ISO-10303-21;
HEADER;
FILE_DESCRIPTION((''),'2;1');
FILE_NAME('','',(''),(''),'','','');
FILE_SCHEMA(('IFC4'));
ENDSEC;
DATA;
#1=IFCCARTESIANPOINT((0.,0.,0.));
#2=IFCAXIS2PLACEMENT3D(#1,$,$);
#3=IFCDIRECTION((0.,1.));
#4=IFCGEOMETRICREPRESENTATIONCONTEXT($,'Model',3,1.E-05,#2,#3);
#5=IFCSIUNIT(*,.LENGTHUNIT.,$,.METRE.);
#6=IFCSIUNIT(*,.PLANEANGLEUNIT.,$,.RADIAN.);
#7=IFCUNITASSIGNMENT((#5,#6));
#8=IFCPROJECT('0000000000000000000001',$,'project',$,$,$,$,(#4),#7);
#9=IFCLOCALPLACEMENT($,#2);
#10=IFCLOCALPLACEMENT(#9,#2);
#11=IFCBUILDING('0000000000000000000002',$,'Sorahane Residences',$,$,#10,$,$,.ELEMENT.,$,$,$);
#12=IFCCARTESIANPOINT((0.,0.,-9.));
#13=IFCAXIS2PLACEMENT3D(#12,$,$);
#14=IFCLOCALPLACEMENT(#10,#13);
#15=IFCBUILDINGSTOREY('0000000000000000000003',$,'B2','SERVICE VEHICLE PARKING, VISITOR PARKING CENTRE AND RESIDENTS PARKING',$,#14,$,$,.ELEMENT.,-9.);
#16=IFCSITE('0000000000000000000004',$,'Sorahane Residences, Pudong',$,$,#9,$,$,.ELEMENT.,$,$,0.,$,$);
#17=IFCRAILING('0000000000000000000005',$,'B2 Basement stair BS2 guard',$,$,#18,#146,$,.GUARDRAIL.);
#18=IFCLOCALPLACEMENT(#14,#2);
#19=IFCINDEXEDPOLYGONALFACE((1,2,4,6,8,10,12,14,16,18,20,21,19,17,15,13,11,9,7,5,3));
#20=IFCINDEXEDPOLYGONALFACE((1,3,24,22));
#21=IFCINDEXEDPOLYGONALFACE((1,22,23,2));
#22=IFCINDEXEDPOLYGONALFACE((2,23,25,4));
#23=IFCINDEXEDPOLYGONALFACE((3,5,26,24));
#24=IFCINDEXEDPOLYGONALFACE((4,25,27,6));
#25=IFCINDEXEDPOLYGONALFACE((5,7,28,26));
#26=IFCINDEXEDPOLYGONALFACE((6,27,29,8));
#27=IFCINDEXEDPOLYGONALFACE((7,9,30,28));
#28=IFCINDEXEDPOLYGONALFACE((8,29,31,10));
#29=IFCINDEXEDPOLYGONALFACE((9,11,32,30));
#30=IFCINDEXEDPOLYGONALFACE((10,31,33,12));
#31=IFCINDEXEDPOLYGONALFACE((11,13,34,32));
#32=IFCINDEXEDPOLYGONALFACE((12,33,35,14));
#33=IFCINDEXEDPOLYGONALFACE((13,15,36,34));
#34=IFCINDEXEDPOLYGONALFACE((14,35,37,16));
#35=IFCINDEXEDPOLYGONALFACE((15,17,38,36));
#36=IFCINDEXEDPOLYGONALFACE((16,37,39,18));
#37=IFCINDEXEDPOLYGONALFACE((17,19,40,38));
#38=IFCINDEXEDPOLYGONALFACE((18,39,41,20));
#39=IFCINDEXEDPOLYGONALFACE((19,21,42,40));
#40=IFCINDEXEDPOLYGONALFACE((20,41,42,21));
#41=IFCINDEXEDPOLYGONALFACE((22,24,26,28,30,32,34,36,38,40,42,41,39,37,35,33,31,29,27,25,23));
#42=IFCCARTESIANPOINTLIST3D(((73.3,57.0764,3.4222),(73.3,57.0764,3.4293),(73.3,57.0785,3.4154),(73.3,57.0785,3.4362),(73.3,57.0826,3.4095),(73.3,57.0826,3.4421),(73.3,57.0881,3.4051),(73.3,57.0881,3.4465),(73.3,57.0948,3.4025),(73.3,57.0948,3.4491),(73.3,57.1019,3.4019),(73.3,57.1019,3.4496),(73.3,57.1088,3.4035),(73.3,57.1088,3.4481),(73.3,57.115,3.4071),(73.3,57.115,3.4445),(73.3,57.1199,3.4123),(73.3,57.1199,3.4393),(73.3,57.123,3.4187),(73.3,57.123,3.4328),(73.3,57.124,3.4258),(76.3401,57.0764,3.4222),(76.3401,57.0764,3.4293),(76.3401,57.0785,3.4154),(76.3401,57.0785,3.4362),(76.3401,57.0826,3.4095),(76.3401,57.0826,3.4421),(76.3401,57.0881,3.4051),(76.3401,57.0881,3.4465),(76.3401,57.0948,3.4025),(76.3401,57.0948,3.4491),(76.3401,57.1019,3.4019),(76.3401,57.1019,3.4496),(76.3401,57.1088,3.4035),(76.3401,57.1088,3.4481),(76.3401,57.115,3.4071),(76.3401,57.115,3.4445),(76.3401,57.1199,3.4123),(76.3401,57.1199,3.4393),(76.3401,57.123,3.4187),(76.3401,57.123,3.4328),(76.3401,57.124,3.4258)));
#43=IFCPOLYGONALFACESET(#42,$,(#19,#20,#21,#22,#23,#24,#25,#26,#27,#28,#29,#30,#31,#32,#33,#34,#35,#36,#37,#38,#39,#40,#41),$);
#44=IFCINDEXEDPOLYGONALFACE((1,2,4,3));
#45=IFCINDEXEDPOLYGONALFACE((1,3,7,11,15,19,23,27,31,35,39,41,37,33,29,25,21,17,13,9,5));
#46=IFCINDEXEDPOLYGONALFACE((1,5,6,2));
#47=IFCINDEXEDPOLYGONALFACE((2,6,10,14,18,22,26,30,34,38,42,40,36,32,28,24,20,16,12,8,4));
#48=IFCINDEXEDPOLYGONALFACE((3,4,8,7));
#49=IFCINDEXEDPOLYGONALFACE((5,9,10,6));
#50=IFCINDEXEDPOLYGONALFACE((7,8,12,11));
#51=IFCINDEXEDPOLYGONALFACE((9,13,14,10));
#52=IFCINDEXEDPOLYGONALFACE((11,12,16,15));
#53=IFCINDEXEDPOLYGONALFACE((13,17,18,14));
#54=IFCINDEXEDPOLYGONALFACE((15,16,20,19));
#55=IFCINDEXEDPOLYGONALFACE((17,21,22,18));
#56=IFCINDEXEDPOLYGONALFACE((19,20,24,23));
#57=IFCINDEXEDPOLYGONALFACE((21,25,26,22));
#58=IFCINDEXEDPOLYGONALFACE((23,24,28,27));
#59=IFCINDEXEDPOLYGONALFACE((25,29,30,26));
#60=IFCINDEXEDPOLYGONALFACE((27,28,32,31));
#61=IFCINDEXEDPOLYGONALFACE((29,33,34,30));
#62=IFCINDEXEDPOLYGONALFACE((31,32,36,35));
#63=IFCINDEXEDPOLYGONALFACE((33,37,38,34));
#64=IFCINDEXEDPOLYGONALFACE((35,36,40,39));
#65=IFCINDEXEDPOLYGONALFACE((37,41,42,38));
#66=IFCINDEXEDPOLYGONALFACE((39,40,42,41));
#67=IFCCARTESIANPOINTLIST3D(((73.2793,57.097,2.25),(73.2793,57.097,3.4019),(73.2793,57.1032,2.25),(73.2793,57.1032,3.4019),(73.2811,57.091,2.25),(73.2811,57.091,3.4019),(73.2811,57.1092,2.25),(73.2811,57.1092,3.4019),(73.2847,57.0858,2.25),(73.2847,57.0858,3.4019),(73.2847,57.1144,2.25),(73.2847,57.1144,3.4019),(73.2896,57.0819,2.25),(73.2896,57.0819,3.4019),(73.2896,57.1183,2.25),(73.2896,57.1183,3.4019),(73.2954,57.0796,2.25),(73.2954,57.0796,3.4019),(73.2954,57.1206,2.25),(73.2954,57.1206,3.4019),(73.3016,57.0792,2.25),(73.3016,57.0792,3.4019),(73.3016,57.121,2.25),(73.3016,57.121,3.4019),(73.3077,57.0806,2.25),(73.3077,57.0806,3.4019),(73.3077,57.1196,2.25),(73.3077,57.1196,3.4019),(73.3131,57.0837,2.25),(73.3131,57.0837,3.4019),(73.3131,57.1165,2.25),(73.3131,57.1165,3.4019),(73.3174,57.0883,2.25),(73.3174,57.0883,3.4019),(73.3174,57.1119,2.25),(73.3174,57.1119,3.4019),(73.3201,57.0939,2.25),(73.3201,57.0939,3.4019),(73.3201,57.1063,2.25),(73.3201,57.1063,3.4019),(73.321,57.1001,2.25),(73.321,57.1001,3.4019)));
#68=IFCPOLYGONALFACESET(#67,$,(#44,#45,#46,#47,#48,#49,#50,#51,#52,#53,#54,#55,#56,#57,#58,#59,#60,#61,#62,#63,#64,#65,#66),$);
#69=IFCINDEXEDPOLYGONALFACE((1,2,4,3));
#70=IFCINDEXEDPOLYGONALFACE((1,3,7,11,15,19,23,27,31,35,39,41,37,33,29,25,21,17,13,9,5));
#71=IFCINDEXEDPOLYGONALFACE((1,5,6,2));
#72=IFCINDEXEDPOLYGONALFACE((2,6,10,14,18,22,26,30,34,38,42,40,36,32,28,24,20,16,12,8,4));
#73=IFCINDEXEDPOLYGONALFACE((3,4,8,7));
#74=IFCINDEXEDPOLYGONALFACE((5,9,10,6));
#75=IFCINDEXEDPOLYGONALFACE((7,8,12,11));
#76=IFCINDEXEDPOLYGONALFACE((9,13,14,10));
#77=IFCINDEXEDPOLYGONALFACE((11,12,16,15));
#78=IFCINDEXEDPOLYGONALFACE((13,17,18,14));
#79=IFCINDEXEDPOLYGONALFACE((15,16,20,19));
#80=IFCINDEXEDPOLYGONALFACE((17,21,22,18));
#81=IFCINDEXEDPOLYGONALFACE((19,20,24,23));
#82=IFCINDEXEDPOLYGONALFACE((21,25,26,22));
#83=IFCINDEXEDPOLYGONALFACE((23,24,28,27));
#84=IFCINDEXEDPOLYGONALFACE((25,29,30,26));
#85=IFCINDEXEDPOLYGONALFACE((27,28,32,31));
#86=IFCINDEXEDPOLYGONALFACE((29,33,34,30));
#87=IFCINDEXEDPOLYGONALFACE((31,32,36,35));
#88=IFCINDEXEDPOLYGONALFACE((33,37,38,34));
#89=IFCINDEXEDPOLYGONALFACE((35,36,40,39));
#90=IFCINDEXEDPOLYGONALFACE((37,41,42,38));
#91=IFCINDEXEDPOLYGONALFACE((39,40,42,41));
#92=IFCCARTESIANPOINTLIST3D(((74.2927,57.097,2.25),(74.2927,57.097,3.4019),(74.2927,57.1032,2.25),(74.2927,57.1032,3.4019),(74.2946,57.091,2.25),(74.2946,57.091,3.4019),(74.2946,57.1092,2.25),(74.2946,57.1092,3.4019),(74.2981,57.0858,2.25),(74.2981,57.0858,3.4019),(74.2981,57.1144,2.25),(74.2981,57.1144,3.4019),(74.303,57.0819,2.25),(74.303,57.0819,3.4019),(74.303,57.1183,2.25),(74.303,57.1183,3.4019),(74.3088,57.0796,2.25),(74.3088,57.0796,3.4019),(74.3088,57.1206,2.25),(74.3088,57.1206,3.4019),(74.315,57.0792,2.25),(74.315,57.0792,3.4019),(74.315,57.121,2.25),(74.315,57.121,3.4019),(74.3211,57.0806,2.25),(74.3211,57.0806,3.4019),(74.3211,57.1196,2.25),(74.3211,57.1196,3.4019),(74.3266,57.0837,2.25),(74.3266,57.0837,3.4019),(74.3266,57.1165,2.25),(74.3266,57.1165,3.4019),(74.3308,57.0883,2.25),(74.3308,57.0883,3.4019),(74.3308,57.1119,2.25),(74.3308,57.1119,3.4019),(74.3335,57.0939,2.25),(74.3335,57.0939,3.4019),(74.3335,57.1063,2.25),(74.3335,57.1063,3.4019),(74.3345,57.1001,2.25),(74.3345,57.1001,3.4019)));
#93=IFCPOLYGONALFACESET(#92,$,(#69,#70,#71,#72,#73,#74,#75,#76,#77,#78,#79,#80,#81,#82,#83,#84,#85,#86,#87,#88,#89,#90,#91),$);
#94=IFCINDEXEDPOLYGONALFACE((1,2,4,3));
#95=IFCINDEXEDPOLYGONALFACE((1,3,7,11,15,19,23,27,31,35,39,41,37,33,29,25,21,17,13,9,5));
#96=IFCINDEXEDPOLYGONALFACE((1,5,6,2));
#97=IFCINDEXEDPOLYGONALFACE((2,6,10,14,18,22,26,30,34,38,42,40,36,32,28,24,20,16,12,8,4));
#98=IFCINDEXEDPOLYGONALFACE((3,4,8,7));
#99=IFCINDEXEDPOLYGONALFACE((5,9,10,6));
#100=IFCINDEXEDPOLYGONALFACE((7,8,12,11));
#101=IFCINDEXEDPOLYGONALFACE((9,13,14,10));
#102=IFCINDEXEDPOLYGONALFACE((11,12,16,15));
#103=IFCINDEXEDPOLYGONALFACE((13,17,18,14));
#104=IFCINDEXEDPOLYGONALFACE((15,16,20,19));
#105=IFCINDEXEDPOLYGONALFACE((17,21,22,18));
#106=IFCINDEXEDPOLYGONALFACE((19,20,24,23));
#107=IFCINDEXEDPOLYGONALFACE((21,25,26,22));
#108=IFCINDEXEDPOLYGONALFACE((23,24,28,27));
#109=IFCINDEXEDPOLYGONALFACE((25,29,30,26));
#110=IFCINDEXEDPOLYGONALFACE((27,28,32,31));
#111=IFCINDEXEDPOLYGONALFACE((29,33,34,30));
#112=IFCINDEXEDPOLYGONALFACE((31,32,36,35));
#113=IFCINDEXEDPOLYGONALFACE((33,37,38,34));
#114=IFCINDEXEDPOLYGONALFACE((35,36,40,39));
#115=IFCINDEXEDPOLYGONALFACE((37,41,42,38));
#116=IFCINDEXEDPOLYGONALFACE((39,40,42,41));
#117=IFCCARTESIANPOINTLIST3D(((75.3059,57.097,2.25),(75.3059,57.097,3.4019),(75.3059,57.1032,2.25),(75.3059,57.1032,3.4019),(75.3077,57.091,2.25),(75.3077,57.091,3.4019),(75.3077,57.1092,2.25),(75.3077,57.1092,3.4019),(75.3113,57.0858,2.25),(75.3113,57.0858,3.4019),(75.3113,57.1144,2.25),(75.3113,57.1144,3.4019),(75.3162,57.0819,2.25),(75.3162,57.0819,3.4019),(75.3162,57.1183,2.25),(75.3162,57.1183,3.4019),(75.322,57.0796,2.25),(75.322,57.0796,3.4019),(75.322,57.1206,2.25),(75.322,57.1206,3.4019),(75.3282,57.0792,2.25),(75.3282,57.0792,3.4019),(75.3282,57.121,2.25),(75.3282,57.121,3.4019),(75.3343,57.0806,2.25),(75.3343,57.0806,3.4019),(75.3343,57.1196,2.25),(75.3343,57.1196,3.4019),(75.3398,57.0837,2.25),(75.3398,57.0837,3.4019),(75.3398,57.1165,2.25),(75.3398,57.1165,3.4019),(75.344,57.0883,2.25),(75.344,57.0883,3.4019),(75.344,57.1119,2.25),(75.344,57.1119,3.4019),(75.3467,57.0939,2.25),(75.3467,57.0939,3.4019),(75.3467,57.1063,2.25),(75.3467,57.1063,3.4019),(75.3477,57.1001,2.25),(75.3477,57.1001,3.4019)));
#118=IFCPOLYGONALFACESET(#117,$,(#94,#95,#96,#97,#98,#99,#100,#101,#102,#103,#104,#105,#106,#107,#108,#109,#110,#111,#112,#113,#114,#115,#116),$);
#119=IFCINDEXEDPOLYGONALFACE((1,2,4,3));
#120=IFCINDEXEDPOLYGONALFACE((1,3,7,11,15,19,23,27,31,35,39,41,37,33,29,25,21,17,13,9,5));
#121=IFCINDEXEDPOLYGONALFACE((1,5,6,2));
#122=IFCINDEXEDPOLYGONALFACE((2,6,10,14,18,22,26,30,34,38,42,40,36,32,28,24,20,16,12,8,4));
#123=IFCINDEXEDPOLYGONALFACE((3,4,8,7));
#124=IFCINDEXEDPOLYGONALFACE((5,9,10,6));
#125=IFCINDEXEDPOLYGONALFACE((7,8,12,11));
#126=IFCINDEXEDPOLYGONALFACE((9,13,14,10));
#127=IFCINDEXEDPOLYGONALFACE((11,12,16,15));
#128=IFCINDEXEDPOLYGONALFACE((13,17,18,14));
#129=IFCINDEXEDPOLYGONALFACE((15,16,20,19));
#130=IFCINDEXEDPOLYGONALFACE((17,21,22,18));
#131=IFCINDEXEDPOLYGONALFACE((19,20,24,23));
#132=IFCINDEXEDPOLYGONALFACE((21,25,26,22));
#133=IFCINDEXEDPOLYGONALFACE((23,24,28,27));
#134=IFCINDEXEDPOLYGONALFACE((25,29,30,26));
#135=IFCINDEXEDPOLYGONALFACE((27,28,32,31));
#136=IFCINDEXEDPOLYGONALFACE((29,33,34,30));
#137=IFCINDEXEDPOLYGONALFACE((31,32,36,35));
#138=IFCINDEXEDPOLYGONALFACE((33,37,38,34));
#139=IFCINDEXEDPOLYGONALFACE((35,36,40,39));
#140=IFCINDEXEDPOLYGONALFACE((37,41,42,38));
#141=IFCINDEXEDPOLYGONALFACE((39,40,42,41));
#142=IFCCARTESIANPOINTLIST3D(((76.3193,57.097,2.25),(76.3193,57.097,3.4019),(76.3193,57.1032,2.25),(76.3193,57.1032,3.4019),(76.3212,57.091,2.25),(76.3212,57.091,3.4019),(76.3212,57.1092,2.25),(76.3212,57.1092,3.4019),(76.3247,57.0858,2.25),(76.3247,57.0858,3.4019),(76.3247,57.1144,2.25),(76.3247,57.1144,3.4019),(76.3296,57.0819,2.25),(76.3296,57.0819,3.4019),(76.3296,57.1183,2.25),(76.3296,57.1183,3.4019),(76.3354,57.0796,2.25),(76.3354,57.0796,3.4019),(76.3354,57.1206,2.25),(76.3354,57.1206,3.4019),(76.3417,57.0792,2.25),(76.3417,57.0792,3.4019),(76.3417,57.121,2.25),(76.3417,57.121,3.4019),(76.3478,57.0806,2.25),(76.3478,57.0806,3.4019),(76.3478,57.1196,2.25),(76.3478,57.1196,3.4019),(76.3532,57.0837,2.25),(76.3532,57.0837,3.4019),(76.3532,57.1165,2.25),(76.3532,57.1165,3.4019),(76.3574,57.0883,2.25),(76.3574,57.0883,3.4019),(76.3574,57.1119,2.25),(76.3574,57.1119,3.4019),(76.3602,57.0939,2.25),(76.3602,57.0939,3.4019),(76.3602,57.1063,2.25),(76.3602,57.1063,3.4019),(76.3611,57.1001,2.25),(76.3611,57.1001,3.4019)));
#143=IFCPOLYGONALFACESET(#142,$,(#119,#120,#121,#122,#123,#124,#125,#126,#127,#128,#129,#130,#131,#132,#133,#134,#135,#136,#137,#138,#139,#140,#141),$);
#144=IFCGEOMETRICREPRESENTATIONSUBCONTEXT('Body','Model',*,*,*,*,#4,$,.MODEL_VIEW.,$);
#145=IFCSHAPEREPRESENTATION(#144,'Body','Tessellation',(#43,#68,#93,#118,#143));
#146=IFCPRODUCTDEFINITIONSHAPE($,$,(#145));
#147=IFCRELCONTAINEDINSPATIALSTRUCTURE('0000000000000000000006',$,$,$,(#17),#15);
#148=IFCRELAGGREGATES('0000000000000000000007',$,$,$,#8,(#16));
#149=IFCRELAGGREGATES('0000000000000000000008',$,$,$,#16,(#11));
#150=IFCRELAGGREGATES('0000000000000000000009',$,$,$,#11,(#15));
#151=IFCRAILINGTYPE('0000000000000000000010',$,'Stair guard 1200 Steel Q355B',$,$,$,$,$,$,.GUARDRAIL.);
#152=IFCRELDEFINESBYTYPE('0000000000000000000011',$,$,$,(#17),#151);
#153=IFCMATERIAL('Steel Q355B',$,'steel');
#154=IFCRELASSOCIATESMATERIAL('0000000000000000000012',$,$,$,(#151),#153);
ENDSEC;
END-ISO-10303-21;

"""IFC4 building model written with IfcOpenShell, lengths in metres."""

from ifc_helpers import new_model, si_unit, direction, frame, origin, origin_2d, place, context, subcontext, project, spatial, circle, extrude, material, type_object, element, save


model = new_model("IFC4")

# Units and contexts
model_context = context("Model", 3, precision=1e-05, world=origin(), true_north=direction((0.0, 1.0)))
body_context = subcontext(model_context, "Body", "Model", "MODEL_VIEW")
ifc_project = project(units=[si_unit("LENGTHUNIT", "METRE"), si_unit("PLANEANGLEUNIT", "RADIAN")], contexts=[model_context])

# Site, building, storey
site_placement = place(None, origin())
site = spatial("IfcSite", under=ifc_project, at=site_placement, Name="Sorahane Residences, Pudong", CompositionType="ELEMENT", RefElevation=0.0)
building_placement = place(site_placement, origin())
building = spatial("IfcBuilding", under=site, at=building_placement, Name="Sorahane Residences", CompositionType="ELEMENT")
storey_placement = place(building_placement, frame((0.0, 0.0, -9.0)))
storey = spatial("IfcBuildingStorey", under=building, at=storey_placement, Name="B2", Description="SERVICE VEHICLE PARKING, VISITOR PARKING CENTRE AND RESIDENTS PARKING", CompositionType="ELEMENT", Elevation=-9.0)

# Railing
ifc_material_1 = material(Name="Steel Q355B", Category="steel")
railing_type_1 = type_object("IfcRailingType", Name="Stair guard 1200 Steel Q355B", PredefinedType="GUARDRAIL", material=ifc_material_1)
railing_1_placement = place(storey_placement, frame((73.3, 57.1001, 2.25)))
element("IfcRailing", 1, at=railing_1_placement, inside=storey, type_object=railing_type_1, Name="B2 Basement stair BS2 guard", PredefinedType="GUARDRAIL", context=body_context, shape_type="SweptSolid", body=[
    extrude(circle(Radius=0.0239, at=origin_2d()), frame((0.0, 0.0, 1.1758), z_axis=(1.0, 0.0, 0.0), x_axis=(0.0, 1.0, 0.0)), (0.0, 0.0, 1.0), 3.04),
    extrude(circle(Radius=0.021, at=origin_2d()), origin(), (0.0, 0.0, 1.0), 1.1519),
    extrude(circle(Radius=0.021, at=origin_2d()), frame((1.0134, 0.0, 0.0)), (0.0, 0.0, 1.0), 1.1519),
    extrude(circle(Radius=0.021, at=origin_2d()), frame((2.0266, 0.0, 0.0)), (0.0, 0.0, 1.0), 1.1519),
    extrude(circle(Radius=0.021, at=origin_2d()), frame((3.04, 0.0, 0.0)), (0.0, 0.0, 1.0), 1.1519),
])

save(model, "model.ifc")
